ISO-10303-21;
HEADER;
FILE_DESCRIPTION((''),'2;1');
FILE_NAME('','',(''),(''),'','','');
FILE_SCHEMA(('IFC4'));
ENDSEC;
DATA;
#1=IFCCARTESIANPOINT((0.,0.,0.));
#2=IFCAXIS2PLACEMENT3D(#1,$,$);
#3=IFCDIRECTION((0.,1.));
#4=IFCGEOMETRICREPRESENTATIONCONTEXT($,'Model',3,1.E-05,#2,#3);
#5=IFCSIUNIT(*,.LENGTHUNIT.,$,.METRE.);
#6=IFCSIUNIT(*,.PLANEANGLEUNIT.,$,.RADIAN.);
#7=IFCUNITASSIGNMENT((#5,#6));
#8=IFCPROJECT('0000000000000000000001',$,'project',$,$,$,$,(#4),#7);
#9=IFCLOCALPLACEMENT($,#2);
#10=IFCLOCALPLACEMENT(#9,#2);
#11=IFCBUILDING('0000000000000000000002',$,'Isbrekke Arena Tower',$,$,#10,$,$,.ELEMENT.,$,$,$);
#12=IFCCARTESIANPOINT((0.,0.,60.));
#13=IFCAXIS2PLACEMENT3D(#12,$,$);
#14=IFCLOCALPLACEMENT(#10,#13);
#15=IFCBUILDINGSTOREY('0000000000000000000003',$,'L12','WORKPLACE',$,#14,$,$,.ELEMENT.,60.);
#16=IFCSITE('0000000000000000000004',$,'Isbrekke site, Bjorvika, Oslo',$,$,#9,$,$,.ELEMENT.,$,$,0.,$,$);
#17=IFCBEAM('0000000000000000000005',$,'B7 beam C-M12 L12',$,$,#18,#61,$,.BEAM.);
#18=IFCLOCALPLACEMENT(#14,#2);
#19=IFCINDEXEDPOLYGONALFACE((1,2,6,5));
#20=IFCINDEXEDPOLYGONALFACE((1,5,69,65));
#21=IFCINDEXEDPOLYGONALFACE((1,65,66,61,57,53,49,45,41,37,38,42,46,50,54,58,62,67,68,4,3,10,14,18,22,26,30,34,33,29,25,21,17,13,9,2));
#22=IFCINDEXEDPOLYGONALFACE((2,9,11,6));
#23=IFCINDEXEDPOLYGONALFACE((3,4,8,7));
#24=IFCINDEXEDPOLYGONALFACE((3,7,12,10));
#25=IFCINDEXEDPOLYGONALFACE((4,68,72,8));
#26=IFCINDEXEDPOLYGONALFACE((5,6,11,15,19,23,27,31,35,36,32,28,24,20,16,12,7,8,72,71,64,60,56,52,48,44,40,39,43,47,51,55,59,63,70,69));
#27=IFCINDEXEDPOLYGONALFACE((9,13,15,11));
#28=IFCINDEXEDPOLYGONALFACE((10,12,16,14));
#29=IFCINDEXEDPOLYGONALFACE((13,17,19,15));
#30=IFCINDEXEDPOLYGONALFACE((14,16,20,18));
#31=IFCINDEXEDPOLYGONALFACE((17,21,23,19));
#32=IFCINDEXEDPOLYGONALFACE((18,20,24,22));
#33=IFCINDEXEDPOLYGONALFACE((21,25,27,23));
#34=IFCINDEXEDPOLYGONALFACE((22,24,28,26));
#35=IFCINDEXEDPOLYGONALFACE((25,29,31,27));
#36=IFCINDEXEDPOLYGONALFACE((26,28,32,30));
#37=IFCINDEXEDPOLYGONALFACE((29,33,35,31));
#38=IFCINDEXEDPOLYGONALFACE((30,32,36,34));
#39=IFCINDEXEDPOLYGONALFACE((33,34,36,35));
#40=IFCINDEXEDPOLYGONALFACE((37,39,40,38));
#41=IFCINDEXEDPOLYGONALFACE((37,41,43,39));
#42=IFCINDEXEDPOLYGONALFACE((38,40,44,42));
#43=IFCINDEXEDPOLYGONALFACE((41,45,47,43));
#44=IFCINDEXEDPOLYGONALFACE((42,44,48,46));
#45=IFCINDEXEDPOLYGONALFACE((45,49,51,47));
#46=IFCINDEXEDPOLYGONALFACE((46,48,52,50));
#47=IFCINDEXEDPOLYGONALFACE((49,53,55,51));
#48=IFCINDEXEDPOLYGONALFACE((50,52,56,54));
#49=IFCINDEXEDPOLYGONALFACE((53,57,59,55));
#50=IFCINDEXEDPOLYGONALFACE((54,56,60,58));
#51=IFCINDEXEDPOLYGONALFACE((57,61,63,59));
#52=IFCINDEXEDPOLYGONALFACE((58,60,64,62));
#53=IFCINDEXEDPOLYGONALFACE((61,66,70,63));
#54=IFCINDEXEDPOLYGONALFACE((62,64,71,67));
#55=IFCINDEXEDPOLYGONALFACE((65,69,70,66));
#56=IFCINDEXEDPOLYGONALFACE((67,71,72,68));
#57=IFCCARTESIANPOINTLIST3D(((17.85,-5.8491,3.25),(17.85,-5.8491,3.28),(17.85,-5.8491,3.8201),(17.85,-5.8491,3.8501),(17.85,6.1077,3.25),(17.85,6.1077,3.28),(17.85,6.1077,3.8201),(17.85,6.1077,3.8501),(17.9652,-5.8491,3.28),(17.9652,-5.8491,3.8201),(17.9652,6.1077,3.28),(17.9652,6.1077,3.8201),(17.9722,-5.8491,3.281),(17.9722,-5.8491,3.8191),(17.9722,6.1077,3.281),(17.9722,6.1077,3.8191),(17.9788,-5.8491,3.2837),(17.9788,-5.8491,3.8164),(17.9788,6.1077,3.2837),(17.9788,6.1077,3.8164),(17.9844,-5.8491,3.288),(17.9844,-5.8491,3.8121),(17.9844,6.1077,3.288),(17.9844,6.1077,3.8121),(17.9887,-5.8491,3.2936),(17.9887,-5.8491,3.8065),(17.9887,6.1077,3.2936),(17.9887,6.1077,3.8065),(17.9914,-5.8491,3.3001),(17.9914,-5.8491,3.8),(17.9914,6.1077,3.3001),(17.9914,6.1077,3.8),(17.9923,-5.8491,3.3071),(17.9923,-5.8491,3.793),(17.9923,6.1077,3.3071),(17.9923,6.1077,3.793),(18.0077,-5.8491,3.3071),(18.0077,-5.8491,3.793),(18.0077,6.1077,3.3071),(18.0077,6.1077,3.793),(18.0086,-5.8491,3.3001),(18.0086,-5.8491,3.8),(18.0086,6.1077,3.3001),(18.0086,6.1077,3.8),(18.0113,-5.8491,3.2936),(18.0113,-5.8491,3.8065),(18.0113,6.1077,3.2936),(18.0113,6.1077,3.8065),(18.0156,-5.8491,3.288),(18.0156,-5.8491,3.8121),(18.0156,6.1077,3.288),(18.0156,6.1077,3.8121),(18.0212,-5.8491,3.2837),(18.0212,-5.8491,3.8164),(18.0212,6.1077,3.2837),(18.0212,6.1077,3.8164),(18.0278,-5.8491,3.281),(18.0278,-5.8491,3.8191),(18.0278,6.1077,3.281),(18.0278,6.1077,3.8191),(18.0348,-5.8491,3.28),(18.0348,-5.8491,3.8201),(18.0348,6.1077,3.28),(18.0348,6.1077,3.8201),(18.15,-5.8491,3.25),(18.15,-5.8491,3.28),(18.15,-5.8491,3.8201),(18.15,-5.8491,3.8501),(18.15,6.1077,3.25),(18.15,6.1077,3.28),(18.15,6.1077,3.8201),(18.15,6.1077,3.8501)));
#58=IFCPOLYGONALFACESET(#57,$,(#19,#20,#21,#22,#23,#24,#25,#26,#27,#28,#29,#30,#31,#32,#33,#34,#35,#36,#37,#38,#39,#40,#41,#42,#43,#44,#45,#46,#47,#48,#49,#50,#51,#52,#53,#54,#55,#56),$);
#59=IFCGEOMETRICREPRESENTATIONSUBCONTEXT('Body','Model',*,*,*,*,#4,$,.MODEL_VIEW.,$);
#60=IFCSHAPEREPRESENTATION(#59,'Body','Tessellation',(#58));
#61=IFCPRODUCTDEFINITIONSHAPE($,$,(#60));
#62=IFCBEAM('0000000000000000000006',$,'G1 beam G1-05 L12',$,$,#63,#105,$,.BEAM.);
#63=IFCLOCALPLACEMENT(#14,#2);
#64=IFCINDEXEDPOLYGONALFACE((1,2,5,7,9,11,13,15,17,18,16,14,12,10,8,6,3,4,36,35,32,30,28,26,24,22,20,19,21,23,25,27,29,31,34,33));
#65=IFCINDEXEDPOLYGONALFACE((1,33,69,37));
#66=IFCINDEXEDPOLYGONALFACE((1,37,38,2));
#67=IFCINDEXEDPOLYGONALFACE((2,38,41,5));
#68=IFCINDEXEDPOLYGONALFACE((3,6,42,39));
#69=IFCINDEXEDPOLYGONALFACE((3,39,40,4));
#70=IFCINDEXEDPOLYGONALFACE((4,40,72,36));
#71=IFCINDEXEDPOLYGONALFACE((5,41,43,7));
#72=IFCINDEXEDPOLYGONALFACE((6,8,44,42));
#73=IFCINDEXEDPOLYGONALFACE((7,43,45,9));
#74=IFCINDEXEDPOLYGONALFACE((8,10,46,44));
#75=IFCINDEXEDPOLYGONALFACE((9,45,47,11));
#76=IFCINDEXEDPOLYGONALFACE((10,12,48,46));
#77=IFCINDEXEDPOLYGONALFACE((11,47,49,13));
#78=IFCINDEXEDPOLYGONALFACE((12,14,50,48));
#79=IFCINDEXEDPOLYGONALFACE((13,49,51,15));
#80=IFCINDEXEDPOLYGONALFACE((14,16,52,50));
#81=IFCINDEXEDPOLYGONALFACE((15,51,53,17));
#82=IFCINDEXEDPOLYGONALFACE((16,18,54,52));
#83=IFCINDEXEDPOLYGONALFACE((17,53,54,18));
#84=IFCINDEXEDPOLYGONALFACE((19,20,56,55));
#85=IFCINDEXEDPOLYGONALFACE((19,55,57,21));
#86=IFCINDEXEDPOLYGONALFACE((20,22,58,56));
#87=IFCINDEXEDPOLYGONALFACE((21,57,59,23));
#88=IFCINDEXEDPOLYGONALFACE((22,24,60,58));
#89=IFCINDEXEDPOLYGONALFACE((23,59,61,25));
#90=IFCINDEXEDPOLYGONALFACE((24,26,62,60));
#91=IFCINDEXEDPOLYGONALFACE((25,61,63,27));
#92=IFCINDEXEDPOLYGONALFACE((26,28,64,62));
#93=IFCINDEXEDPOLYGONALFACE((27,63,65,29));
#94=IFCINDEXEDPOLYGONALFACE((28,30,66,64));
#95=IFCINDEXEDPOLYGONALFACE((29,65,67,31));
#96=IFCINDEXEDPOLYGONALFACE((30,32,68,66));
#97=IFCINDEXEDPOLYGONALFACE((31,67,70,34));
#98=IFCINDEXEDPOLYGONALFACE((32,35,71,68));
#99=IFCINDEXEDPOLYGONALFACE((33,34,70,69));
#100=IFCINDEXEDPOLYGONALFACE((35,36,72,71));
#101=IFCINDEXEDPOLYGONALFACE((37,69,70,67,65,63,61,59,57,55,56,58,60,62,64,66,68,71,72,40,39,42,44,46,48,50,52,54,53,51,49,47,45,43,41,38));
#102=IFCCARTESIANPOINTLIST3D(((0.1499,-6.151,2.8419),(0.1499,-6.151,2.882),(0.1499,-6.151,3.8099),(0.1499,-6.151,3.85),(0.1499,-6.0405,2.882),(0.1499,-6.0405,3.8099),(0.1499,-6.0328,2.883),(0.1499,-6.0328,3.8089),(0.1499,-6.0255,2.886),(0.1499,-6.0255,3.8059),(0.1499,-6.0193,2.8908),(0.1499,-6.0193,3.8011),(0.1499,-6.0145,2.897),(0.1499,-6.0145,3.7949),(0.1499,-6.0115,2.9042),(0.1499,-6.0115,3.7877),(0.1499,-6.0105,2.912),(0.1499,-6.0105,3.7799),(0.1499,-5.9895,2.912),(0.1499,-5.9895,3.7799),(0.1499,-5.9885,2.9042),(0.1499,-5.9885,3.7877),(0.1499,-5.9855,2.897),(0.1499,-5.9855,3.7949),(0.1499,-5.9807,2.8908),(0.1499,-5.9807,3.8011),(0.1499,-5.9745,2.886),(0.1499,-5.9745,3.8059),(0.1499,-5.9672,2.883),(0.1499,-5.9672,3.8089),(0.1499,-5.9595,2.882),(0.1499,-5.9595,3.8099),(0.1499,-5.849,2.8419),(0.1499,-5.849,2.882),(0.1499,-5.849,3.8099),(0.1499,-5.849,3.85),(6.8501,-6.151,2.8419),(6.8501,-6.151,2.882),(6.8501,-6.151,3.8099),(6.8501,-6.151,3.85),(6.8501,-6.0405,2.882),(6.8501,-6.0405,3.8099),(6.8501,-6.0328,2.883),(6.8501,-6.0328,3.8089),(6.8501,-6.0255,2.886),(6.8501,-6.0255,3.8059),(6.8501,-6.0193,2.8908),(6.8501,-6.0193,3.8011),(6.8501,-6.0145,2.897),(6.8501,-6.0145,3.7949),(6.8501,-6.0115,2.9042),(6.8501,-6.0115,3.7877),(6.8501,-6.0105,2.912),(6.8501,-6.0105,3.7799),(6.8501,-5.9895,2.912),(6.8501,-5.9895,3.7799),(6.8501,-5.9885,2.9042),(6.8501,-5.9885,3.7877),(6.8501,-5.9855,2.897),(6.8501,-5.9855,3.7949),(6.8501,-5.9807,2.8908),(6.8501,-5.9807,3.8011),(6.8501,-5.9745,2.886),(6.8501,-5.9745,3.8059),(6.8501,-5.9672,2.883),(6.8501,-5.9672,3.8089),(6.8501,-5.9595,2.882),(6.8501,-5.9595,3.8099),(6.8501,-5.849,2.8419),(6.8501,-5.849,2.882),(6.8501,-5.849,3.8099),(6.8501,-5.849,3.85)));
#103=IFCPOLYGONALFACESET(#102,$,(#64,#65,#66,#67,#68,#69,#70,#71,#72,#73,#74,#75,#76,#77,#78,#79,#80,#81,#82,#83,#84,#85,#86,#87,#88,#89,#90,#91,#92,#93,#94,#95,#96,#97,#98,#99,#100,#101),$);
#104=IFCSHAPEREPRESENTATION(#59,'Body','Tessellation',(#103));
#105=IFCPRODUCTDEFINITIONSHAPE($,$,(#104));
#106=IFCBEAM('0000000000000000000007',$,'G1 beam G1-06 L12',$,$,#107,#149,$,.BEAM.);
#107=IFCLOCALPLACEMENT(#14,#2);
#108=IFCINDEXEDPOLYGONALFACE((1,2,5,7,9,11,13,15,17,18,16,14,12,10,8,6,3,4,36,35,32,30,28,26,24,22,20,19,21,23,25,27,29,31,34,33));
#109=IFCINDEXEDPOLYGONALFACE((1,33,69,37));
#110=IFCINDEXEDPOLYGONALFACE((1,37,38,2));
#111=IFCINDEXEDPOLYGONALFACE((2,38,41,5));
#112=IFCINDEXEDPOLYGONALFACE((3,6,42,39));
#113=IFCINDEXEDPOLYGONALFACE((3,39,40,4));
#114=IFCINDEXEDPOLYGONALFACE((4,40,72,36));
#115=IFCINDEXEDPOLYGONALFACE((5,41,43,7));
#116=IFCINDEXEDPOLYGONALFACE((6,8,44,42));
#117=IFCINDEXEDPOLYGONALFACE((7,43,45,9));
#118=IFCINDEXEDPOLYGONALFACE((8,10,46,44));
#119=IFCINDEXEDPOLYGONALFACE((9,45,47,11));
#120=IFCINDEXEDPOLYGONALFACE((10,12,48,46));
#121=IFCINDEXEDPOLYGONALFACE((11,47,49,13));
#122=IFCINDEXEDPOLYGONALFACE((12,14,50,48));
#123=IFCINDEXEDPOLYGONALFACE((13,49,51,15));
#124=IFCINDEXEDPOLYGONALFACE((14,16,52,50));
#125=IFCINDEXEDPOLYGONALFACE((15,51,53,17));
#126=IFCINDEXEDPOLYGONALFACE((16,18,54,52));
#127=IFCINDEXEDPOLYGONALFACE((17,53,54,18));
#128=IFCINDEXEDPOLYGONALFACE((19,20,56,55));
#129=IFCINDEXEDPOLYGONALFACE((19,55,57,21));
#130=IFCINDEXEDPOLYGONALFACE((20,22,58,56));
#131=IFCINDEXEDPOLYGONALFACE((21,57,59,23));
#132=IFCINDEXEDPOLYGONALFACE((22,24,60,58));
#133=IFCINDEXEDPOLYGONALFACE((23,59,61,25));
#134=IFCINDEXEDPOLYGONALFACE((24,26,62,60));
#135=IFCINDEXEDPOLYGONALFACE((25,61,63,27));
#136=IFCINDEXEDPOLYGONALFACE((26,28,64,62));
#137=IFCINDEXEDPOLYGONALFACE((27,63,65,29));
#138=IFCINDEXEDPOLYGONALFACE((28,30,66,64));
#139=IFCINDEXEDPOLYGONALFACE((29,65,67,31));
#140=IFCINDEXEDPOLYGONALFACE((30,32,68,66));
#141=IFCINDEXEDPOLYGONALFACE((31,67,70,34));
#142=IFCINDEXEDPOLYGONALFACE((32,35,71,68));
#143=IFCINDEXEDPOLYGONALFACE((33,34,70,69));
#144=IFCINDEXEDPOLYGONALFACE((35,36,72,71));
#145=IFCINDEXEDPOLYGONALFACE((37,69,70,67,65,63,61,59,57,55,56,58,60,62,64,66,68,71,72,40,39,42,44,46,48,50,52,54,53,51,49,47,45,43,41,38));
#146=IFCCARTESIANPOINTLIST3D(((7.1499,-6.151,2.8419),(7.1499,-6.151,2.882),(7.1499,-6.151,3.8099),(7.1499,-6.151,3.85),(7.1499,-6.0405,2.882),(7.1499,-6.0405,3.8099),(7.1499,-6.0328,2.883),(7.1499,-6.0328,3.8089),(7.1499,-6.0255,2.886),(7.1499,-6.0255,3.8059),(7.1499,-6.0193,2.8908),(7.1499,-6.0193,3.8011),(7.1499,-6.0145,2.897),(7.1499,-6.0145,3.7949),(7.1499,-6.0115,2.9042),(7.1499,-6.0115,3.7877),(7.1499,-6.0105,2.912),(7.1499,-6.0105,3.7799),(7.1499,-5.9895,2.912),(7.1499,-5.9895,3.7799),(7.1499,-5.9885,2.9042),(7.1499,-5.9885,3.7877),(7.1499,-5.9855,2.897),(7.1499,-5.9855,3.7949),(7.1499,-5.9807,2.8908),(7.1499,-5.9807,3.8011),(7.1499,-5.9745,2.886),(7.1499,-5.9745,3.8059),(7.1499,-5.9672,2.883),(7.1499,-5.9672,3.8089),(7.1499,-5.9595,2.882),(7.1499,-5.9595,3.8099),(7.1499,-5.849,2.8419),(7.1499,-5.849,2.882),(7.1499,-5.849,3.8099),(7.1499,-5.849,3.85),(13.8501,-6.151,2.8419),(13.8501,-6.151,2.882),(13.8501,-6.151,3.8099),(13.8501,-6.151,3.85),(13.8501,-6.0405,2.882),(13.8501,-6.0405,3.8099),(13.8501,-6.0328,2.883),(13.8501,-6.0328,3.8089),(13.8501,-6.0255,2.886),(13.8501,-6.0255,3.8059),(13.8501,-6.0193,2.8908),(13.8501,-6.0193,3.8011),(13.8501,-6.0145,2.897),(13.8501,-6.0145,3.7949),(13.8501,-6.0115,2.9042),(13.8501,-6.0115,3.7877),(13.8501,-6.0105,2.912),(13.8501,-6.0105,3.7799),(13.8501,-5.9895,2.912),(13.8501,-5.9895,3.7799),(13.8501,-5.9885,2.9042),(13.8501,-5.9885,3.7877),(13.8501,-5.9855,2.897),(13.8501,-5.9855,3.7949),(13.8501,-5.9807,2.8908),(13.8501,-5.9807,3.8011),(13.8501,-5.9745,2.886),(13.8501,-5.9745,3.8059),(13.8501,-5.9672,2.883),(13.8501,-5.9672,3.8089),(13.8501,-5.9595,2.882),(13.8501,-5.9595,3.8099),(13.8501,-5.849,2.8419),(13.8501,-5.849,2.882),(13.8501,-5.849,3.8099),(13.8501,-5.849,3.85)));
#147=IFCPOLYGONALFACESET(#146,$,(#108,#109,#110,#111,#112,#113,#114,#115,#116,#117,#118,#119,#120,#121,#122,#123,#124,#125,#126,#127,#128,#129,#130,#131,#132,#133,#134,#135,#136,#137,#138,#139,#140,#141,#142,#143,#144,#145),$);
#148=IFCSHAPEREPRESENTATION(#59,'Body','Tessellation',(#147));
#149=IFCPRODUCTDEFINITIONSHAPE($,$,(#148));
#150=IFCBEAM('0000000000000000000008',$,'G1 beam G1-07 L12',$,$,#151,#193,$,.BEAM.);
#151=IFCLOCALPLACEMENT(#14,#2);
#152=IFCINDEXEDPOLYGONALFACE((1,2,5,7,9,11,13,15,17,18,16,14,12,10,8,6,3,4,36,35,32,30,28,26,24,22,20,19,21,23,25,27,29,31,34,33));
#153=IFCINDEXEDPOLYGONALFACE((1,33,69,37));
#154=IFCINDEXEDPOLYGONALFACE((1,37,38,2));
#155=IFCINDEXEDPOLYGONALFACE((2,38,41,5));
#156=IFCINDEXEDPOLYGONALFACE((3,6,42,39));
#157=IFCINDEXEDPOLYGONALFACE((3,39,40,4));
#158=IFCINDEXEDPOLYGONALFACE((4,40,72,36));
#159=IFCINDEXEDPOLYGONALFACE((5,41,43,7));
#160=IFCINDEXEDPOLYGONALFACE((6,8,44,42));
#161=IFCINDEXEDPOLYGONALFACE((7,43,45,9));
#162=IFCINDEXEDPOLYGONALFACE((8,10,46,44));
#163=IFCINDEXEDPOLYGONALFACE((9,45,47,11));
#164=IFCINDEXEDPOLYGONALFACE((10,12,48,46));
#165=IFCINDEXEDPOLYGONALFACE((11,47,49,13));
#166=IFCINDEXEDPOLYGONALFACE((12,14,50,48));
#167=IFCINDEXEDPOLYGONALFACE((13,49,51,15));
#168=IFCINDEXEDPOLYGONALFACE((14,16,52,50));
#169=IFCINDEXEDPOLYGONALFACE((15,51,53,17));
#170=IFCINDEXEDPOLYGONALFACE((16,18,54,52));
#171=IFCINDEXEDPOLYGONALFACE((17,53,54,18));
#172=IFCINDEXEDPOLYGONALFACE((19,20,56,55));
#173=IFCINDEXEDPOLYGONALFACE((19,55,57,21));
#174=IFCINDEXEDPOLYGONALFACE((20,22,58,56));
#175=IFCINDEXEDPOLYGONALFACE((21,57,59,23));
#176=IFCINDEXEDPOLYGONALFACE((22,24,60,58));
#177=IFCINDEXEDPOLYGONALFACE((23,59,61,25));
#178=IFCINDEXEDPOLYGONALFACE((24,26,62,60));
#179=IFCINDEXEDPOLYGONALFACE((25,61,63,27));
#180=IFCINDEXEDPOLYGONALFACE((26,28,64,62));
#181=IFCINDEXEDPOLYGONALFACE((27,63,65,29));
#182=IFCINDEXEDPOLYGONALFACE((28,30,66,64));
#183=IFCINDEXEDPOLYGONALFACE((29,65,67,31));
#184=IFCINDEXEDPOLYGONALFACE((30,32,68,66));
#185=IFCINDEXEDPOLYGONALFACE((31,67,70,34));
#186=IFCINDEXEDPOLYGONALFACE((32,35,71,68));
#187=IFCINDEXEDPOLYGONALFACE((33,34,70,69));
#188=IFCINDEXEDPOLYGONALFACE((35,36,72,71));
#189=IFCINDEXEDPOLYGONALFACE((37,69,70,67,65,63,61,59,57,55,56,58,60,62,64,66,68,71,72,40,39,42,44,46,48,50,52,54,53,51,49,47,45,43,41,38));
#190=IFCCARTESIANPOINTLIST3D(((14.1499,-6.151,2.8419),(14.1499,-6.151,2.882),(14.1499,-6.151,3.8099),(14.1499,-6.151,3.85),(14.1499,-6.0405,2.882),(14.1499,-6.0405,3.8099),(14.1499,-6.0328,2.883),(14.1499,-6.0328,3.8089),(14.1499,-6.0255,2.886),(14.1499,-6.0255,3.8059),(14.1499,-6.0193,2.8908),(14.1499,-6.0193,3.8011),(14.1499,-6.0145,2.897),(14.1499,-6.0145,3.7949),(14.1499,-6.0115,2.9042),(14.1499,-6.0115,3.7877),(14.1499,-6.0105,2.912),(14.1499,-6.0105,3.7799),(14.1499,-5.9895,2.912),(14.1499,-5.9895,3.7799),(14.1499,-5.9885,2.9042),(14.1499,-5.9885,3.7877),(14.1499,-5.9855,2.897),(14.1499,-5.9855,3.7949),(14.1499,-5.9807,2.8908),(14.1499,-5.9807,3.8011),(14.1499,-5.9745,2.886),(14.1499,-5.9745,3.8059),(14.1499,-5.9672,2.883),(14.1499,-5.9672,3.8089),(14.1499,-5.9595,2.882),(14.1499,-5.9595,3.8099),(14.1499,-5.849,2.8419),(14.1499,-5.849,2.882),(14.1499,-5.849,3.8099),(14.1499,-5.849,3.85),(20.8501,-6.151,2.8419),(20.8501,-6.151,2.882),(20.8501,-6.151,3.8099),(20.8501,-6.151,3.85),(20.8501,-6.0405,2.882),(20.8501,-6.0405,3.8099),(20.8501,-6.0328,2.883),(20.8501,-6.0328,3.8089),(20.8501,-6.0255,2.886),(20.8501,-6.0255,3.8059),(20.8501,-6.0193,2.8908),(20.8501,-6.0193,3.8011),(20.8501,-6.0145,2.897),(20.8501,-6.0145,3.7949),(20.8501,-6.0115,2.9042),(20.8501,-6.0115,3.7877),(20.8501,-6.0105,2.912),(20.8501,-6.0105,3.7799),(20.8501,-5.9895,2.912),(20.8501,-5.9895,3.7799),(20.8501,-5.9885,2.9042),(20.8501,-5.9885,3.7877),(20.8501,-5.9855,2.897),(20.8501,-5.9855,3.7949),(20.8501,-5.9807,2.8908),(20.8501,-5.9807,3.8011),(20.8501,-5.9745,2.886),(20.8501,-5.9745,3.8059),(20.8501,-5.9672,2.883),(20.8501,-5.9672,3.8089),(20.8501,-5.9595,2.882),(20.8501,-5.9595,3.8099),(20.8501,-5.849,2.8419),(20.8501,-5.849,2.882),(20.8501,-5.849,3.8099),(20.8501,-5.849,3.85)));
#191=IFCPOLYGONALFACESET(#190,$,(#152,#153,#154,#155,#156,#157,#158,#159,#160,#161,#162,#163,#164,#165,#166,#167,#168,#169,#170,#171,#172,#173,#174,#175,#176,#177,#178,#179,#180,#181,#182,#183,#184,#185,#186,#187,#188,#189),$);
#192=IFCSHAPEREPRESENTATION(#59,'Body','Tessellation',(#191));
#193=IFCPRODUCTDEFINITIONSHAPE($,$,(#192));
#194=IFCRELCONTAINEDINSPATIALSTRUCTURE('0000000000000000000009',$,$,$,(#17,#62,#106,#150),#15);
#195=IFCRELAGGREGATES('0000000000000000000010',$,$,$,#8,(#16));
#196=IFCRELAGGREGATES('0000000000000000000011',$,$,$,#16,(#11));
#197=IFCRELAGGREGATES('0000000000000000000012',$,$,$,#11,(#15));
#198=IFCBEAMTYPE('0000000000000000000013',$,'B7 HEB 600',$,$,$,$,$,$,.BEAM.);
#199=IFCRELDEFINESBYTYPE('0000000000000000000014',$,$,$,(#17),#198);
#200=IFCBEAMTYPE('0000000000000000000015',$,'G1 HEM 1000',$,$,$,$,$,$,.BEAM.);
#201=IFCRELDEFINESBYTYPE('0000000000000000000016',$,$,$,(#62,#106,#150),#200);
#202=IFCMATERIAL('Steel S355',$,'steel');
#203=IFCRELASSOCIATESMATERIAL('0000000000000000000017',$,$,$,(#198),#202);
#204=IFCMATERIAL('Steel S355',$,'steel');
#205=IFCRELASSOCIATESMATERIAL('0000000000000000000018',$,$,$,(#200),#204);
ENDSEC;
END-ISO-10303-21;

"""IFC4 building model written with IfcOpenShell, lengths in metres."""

from ifc_helpers import new_model, si_unit, direction, frame, origin, origin_2d, place, context, subcontext, project, spatial, i_section, extrude, material, material_profile, profile_set, type_object, element, save


model = new_model("IFC4")

# Units and contexts
model_context = context("Model", 3, precision=1e-05, world=origin(), true_north=direction((0.0, 1.0)))
body_context = subcontext(model_context, "Body", "Model", "MODEL_VIEW")
ifc_project = project(units=[si_unit("LENGTHUNIT", "METRE"), si_unit("PLANEANGLEUNIT", "RADIAN")], contexts=[model_context])

# Site, building, storey
site_placement = place(None, origin())
site = spatial("IfcSite", under=ifc_project, at=site_placement, Name="Isbrekke site, Bjorvika, Oslo", CompositionType="ELEMENT", RefElevation=0.0)
building_placement = place(site_placement, origin())
building = spatial("IfcBuilding", under=site, at=building_placement, Name="Isbrekke Arena Tower", CompositionType="ELEMENT")
storey_placement = place(building_placement, frame((0.0, 0.0, 60.0)))
storey = spatial("IfcBuildingStorey", under=building, at=storey_placement, Name="L12", Description="WORKPLACE", CompositionType="ELEMENT", Elevation=60.0)

# Beams
ifc_material_1 = material(Name="Steel S355", Category="steel")
ifc_material_profile_1 = material_profile(ifc_material_1, i_section(OverallWidth=0.3, OverallDepth=0.6001, WebThickness=0.0154, FlangeThickness=0.03, FilletRadius=0.0271, at=origin_2d()), Name="HEB 600")
ifc_profile_set_1 = profile_set([ifc_material_profile_1], Name="Steel S355")
beam_type_1 = type_object("IfcBeamType", Name="B7 HEB 600", PredefinedType="BEAM", material=ifc_profile_set_1)
beam_1_placement = place(storey_placement, frame((18.0, -5.8491, 3.55), z_axis=(0.0, 1.0, 0.0), x_axis=(-1.0, 0.0, 0.0)))
element("IfcBeam", 1, at=beam_1_placement, inside=storey, type_object=beam_type_1, Name="B7 beam C-M12 L12", PredefinedType="BEAM", context=body_context, shape_type="SweptSolid", body=[
    extrude(i_section(OverallWidth=0.3, OverallDepth=0.6001, WebThickness=0.0154, FlangeThickness=0.03, FilletRadius=0.0271, at=origin_2d()), origin(), (0.0, 0.0, 1.0), 11.9568),
])
ifc_material_2 = material(Name="Steel S355", Category="steel")
ifc_material_profile_2 = material_profile(ifc_material_2, i_section(OverallWidth=0.302, OverallDepth=1.0081, WebThickness=0.021, FlangeThickness=0.04, FilletRadius=0.03, at=origin_2d()), Name="HEM 1000")
ifc_profile_set_2 = profile_set([ifc_material_profile_2], Name="Steel S355")
beam_type_2 = type_object("IfcBeamType", Name="G1 HEM 1000", PredefinedType="BEAM", material=ifc_profile_set_2)
for number, where, z_axis, x_axis, name in (
    (2, (0.1499, -6.0, 3.3459), (1.0, 0.0, 0.0), (0.0, 1.0, 0.0), "G1 beam G1-05 L12"),
    (3, (7.1499, -6.0, 3.3459), (1.0, 0.0, 0.0), (0.0, 1.0, 0.0), "G1 beam G1-06 L12"),
    (4, (14.1499, -6.0, 3.3459), (1.0, 0.0, 0.0), (0.0, 1.0, 0.0), "G1 beam G1-07 L12"),
):
    element("IfcBeam", number, at=place(storey_placement, frame(where, z_axis=z_axis, x_axis=x_axis)), inside=storey, type_object=beam_type_2, Name=name, PredefinedType="BEAM", context=body_context, shape_type="SweptSolid", body=[
        extrude(i_section(OverallWidth=0.302, OverallDepth=1.0081, WebThickness=0.021, FlangeThickness=0.04, FilletRadius=0.03, at=origin_2d()), origin(), (0.0, 0.0, 1.0), 6.7002),
    ])

save(model, "model.ifc")
